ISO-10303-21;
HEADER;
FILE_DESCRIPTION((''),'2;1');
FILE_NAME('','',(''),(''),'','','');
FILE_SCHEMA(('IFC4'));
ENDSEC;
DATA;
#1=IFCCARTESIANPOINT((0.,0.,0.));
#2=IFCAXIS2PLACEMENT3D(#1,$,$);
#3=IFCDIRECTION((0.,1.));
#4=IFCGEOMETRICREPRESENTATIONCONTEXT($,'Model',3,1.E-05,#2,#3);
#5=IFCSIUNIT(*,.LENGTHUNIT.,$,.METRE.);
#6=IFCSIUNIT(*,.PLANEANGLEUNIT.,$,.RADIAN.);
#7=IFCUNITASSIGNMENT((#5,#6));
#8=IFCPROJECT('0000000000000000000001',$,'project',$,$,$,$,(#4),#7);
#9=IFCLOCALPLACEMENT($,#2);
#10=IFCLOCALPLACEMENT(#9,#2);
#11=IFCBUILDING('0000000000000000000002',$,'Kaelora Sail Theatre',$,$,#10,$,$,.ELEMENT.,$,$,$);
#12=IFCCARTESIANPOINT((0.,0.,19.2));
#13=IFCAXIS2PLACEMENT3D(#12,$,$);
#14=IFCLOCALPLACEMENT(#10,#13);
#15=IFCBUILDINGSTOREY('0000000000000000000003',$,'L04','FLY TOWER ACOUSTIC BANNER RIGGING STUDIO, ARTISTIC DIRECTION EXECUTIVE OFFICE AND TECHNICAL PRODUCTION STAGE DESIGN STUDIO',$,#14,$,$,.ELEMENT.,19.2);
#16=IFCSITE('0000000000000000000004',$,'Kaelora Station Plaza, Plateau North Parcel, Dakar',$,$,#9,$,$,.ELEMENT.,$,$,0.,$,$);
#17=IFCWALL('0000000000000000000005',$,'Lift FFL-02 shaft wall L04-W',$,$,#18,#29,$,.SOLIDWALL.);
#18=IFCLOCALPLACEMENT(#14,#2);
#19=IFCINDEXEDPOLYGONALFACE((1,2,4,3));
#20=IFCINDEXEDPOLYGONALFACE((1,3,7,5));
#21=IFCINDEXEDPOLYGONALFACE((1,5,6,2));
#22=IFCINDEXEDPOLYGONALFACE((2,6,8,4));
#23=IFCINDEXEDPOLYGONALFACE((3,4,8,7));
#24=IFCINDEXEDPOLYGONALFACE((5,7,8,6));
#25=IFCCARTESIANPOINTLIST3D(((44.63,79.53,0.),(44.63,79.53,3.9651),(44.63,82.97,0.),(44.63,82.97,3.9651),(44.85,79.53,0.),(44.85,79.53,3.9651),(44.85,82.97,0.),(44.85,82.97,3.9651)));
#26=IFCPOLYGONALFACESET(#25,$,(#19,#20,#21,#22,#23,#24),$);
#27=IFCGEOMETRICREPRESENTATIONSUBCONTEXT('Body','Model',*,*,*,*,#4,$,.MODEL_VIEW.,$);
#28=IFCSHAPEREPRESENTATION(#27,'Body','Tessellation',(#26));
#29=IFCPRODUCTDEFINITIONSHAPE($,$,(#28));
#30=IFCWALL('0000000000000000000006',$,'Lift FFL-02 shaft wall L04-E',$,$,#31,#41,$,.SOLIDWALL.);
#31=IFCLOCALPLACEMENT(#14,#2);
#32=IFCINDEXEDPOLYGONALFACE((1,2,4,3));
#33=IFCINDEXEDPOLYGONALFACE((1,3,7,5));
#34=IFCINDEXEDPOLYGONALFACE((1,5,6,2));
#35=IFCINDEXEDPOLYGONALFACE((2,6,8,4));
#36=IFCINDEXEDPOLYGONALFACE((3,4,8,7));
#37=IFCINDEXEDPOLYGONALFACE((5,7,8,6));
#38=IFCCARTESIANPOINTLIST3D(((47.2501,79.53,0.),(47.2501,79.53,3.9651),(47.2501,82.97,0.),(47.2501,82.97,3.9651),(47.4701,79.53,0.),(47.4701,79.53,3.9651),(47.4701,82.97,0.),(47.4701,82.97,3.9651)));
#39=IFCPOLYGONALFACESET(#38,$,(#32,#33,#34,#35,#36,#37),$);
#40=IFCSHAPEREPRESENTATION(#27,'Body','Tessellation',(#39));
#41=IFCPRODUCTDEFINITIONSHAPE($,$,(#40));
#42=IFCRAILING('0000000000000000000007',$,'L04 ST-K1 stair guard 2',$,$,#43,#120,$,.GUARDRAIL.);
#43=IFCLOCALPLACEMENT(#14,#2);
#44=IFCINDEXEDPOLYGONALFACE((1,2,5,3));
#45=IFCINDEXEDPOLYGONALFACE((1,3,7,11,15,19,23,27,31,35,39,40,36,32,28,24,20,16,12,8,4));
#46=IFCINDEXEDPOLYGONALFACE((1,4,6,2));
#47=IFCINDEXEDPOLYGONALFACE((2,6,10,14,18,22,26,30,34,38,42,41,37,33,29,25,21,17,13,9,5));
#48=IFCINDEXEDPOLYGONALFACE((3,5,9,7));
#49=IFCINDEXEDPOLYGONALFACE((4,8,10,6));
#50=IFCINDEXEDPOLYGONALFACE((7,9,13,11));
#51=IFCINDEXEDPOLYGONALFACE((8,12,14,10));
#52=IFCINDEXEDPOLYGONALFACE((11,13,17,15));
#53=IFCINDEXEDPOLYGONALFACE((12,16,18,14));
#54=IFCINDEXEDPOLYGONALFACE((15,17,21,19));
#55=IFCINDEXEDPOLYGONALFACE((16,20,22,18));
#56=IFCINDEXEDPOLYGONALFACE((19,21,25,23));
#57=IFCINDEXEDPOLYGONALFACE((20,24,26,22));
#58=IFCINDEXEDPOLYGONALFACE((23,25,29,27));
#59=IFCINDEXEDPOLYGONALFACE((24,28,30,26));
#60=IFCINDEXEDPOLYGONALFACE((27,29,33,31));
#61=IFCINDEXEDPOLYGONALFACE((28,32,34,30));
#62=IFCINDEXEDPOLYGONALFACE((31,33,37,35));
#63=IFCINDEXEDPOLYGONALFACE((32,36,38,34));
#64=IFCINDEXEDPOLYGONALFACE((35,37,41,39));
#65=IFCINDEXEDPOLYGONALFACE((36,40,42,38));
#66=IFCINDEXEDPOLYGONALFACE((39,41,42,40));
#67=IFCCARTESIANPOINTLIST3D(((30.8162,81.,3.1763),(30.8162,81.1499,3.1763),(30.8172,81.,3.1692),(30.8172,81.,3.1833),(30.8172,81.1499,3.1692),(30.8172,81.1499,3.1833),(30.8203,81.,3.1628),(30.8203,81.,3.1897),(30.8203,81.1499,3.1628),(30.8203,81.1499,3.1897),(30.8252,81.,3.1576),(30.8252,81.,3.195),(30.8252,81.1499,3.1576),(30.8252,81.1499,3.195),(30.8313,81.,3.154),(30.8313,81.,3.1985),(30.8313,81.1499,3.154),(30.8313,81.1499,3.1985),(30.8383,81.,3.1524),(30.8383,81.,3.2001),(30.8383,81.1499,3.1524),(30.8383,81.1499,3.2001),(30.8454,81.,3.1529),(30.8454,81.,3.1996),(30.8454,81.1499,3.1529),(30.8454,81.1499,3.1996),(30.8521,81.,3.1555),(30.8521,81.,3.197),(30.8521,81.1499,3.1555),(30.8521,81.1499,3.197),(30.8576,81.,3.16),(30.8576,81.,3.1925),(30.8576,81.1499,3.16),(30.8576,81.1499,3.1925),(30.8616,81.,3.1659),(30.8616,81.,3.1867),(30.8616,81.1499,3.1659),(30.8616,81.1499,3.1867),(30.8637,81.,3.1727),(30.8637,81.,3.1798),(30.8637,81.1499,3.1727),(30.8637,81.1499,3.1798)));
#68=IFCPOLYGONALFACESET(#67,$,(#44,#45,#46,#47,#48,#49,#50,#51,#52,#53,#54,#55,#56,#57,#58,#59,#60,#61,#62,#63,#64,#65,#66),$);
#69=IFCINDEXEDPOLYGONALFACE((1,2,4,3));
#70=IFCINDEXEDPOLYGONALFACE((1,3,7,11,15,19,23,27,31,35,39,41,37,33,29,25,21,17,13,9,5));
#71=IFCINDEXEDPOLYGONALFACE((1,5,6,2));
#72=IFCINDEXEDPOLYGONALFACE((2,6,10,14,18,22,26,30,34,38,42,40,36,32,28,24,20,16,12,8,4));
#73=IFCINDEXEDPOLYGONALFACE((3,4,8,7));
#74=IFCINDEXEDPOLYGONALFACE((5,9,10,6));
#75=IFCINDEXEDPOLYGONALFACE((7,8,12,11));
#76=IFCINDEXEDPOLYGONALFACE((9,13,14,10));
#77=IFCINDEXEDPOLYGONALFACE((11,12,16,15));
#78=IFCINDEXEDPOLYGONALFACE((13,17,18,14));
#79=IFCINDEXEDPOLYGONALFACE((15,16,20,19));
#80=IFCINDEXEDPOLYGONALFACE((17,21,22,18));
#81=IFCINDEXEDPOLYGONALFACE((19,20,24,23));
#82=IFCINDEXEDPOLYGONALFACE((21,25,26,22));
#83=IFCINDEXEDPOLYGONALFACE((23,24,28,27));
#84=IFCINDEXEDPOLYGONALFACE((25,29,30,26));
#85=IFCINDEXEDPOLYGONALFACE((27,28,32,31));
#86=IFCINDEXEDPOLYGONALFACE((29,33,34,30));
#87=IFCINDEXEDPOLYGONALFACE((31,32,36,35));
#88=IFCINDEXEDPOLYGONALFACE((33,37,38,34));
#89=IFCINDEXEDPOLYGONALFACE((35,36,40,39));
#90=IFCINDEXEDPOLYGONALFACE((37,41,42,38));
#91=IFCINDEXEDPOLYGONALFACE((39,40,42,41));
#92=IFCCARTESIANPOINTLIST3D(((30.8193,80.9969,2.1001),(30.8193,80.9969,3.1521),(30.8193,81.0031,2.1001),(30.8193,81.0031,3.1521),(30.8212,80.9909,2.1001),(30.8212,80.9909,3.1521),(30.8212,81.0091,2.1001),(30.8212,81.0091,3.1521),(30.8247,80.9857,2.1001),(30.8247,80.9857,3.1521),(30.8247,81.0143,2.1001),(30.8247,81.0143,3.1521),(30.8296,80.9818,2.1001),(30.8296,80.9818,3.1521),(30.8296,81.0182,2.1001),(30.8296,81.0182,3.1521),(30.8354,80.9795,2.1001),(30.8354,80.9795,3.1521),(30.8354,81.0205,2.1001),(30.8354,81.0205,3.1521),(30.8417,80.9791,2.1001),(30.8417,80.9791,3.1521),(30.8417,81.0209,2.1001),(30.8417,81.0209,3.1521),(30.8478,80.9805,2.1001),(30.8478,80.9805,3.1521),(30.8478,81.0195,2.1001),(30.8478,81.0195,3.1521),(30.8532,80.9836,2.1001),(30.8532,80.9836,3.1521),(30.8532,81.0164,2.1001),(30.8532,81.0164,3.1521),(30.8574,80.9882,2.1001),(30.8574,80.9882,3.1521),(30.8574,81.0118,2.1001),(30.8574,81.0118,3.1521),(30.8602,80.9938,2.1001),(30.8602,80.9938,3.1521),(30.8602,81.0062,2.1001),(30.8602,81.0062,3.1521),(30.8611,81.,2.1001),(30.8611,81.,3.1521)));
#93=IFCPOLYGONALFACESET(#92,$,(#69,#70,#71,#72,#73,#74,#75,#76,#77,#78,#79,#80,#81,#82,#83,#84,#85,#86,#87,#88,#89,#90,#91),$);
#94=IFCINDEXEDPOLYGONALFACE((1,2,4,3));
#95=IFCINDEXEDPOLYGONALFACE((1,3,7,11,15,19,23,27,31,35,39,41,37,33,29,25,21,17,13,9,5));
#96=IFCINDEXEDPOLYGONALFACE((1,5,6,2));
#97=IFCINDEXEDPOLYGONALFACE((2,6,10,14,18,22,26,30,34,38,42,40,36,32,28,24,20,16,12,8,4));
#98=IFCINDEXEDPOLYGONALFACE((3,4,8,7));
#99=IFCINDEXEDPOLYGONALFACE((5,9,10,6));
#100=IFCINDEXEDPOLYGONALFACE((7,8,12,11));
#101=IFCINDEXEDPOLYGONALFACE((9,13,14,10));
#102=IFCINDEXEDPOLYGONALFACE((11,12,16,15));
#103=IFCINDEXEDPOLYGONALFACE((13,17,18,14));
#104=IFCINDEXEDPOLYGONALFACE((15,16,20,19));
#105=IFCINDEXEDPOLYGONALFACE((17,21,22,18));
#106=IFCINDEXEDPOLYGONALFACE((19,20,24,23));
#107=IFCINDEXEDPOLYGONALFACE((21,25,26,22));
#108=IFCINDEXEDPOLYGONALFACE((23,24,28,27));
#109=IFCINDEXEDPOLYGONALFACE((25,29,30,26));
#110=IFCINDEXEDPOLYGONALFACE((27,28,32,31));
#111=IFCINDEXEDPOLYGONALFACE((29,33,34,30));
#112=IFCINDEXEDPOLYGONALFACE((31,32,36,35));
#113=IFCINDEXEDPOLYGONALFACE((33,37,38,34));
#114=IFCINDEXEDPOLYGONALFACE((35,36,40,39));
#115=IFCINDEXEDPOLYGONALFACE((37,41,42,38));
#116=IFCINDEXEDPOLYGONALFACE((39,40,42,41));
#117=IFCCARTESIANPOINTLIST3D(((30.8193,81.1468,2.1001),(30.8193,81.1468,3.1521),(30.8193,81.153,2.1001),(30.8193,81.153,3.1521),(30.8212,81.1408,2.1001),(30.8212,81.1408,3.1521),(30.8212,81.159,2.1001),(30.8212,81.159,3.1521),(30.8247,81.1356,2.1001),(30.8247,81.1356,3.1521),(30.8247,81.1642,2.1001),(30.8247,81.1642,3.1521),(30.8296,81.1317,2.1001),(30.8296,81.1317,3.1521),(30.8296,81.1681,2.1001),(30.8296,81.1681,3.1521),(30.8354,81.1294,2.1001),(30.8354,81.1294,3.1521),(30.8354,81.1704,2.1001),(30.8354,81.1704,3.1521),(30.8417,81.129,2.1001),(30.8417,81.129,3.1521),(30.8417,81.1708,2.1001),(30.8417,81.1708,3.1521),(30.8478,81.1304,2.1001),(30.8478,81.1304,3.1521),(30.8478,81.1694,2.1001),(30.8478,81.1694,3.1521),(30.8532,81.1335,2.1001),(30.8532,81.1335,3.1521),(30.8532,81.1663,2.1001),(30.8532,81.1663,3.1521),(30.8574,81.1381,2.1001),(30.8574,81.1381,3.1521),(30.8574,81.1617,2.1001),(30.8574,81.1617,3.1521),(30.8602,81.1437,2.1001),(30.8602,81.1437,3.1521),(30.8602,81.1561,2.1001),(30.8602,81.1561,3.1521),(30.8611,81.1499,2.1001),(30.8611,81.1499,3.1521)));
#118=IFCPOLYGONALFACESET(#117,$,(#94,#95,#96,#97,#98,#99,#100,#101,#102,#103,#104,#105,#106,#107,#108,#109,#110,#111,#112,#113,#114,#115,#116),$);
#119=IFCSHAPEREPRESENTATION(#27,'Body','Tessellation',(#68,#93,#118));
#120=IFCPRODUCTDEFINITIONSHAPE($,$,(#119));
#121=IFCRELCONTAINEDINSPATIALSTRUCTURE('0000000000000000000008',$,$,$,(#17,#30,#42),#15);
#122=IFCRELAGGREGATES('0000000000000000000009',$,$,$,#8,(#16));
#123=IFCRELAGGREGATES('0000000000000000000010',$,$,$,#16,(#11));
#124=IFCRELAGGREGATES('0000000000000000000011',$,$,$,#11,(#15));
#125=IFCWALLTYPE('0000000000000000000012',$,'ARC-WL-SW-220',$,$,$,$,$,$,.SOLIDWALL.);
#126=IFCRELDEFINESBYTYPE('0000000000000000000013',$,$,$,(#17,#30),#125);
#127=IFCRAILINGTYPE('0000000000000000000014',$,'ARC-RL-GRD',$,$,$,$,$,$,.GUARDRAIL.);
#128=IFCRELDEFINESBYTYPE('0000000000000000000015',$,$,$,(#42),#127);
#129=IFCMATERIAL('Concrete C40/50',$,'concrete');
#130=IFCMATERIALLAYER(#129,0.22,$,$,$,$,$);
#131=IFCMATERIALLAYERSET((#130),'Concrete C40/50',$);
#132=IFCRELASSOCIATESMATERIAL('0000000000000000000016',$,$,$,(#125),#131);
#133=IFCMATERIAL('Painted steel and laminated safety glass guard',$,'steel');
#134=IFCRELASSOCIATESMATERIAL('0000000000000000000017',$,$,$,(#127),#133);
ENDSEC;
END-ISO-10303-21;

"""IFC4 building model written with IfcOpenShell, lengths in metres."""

from ifc_helpers import new_model, si_unit, direction, frame, frame_2d, origin, origin_2d, place, context, subcontext, project, spatial, rectangle, circle, extrude, material, layer, layer_set, type_object, element, save


model = new_model("IFC4")

# Units and contexts
model_context = context("Model", 3, precision=1e-05, world=origin(), true_north=direction((0.0, 1.0)))
body_context = subcontext(model_context, "Body", "Model", "MODEL_VIEW")
ifc_project = project(units=[si_unit("LENGTHUNIT", "METRE"), si_unit("PLANEANGLEUNIT", "RADIAN")], contexts=[model_context])

# Site, building, storey
site_placement = place(None, origin())
site = spatial("IfcSite", under=ifc_project, at=site_placement, Name="Kaelora Station Plaza, Plateau North Parcel, Dakar", CompositionType="ELEMENT", RefElevation=0.0)
building_placement = place(site_placement, origin())
building = spatial("IfcBuilding", under=site, at=building_placement, Name="Kaelora Sail Theatre", CompositionType="ELEMENT")
storey_placement = place(building_placement, frame((0.0, 0.0, 19.2)))
storey = spatial("IfcBuildingStorey", under=building, at=storey_placement, Name="L04", Description="FLY TOWER ACOUSTIC BANNER RIGGING STUDIO, ARTISTIC DIRECTION EXECUTIVE OFFICE AND TECHNICAL PRODUCTION STAGE DESIGN STUDIO", CompositionType="ELEMENT", Elevation=19.2)

# Shared definitions
ifc_material_1 = material(Name="Concrete C40/50", Category="concrete")
ifc_layer_1 = layer(ifc_material_1, 0.22)
ifc_layer_set_1 = layer_set([ifc_layer_1], Name="Concrete C40/50")
wall_type_1 = type_object("IfcWallType", Name="ARC-WL-SW-220", PredefinedType="SOLIDWALL", material=ifc_layer_set_1)

# Walls
for number, where, z_axis, x_axis, name in (
    (1, (44.74, 79.53, 0.0), (0.0, 0.0, 1.0), (0.0, 1.0, 0.0), "Lift FFL-02 shaft wall L04-W"),
    (2, (47.3601, 79.53, 0.0), (0.0, 0.0, 1.0), (0.0, 1.0, 0.0), "Lift FFL-02 shaft wall L04-E"),
):
    element("IfcWall", number, at=place(storey_placement, frame(where, z_axis=z_axis, x_axis=x_axis)), inside=storey, type_object=wall_type_1, Name=name, PredefinedType="SOLIDWALL", context=body_context, shape_type="SweptSolid", body=[
        extrude(rectangle(XDim=3.4399, YDim=0.22, at=frame_2d((1.72, 0.0))), origin(), (0.0, 0.0, 1.0), 3.9651),
    ])

# Railing
ifc_material_2 = material(Name="Painted steel and laminated safety glass guard", Category="steel")
railing_type = type_object("IfcRailingType", Name="ARC-RL-GRD", PredefinedType="GUARDRAIL", material=ifc_material_2)
railing_1_placement = place(storey_placement, frame((30.8401, 81.0, 2.1001)))
element("IfcRailing", 3, at=railing_1_placement, inside=storey, type_object=railing_type, Name="L04 ST-K1 stair guard 2", PredefinedType="GUARDRAIL", context=body_context, shape_type="SweptSolid", body=[
    extrude(circle(Radius=0.0239, at=origin_2d()), frame((0.0, 0.0, 1.0762), z_axis=(0.0, 1.0, 0.0), x_axis=(-1.0, 0.0, 0.0)), (0.0, 0.0, 1.0), 0.1499),
    extrude(circle(Radius=0.021, at=origin_2d()), origin(), (0.0, 0.0, 1.0), 1.052),
    extrude(circle(Radius=0.021, at=origin_2d()), frame((0.0, 0.1499, 0.0)), (0.0, 0.0, 1.0), 1.052),
])

save(model, "model.ifc")
